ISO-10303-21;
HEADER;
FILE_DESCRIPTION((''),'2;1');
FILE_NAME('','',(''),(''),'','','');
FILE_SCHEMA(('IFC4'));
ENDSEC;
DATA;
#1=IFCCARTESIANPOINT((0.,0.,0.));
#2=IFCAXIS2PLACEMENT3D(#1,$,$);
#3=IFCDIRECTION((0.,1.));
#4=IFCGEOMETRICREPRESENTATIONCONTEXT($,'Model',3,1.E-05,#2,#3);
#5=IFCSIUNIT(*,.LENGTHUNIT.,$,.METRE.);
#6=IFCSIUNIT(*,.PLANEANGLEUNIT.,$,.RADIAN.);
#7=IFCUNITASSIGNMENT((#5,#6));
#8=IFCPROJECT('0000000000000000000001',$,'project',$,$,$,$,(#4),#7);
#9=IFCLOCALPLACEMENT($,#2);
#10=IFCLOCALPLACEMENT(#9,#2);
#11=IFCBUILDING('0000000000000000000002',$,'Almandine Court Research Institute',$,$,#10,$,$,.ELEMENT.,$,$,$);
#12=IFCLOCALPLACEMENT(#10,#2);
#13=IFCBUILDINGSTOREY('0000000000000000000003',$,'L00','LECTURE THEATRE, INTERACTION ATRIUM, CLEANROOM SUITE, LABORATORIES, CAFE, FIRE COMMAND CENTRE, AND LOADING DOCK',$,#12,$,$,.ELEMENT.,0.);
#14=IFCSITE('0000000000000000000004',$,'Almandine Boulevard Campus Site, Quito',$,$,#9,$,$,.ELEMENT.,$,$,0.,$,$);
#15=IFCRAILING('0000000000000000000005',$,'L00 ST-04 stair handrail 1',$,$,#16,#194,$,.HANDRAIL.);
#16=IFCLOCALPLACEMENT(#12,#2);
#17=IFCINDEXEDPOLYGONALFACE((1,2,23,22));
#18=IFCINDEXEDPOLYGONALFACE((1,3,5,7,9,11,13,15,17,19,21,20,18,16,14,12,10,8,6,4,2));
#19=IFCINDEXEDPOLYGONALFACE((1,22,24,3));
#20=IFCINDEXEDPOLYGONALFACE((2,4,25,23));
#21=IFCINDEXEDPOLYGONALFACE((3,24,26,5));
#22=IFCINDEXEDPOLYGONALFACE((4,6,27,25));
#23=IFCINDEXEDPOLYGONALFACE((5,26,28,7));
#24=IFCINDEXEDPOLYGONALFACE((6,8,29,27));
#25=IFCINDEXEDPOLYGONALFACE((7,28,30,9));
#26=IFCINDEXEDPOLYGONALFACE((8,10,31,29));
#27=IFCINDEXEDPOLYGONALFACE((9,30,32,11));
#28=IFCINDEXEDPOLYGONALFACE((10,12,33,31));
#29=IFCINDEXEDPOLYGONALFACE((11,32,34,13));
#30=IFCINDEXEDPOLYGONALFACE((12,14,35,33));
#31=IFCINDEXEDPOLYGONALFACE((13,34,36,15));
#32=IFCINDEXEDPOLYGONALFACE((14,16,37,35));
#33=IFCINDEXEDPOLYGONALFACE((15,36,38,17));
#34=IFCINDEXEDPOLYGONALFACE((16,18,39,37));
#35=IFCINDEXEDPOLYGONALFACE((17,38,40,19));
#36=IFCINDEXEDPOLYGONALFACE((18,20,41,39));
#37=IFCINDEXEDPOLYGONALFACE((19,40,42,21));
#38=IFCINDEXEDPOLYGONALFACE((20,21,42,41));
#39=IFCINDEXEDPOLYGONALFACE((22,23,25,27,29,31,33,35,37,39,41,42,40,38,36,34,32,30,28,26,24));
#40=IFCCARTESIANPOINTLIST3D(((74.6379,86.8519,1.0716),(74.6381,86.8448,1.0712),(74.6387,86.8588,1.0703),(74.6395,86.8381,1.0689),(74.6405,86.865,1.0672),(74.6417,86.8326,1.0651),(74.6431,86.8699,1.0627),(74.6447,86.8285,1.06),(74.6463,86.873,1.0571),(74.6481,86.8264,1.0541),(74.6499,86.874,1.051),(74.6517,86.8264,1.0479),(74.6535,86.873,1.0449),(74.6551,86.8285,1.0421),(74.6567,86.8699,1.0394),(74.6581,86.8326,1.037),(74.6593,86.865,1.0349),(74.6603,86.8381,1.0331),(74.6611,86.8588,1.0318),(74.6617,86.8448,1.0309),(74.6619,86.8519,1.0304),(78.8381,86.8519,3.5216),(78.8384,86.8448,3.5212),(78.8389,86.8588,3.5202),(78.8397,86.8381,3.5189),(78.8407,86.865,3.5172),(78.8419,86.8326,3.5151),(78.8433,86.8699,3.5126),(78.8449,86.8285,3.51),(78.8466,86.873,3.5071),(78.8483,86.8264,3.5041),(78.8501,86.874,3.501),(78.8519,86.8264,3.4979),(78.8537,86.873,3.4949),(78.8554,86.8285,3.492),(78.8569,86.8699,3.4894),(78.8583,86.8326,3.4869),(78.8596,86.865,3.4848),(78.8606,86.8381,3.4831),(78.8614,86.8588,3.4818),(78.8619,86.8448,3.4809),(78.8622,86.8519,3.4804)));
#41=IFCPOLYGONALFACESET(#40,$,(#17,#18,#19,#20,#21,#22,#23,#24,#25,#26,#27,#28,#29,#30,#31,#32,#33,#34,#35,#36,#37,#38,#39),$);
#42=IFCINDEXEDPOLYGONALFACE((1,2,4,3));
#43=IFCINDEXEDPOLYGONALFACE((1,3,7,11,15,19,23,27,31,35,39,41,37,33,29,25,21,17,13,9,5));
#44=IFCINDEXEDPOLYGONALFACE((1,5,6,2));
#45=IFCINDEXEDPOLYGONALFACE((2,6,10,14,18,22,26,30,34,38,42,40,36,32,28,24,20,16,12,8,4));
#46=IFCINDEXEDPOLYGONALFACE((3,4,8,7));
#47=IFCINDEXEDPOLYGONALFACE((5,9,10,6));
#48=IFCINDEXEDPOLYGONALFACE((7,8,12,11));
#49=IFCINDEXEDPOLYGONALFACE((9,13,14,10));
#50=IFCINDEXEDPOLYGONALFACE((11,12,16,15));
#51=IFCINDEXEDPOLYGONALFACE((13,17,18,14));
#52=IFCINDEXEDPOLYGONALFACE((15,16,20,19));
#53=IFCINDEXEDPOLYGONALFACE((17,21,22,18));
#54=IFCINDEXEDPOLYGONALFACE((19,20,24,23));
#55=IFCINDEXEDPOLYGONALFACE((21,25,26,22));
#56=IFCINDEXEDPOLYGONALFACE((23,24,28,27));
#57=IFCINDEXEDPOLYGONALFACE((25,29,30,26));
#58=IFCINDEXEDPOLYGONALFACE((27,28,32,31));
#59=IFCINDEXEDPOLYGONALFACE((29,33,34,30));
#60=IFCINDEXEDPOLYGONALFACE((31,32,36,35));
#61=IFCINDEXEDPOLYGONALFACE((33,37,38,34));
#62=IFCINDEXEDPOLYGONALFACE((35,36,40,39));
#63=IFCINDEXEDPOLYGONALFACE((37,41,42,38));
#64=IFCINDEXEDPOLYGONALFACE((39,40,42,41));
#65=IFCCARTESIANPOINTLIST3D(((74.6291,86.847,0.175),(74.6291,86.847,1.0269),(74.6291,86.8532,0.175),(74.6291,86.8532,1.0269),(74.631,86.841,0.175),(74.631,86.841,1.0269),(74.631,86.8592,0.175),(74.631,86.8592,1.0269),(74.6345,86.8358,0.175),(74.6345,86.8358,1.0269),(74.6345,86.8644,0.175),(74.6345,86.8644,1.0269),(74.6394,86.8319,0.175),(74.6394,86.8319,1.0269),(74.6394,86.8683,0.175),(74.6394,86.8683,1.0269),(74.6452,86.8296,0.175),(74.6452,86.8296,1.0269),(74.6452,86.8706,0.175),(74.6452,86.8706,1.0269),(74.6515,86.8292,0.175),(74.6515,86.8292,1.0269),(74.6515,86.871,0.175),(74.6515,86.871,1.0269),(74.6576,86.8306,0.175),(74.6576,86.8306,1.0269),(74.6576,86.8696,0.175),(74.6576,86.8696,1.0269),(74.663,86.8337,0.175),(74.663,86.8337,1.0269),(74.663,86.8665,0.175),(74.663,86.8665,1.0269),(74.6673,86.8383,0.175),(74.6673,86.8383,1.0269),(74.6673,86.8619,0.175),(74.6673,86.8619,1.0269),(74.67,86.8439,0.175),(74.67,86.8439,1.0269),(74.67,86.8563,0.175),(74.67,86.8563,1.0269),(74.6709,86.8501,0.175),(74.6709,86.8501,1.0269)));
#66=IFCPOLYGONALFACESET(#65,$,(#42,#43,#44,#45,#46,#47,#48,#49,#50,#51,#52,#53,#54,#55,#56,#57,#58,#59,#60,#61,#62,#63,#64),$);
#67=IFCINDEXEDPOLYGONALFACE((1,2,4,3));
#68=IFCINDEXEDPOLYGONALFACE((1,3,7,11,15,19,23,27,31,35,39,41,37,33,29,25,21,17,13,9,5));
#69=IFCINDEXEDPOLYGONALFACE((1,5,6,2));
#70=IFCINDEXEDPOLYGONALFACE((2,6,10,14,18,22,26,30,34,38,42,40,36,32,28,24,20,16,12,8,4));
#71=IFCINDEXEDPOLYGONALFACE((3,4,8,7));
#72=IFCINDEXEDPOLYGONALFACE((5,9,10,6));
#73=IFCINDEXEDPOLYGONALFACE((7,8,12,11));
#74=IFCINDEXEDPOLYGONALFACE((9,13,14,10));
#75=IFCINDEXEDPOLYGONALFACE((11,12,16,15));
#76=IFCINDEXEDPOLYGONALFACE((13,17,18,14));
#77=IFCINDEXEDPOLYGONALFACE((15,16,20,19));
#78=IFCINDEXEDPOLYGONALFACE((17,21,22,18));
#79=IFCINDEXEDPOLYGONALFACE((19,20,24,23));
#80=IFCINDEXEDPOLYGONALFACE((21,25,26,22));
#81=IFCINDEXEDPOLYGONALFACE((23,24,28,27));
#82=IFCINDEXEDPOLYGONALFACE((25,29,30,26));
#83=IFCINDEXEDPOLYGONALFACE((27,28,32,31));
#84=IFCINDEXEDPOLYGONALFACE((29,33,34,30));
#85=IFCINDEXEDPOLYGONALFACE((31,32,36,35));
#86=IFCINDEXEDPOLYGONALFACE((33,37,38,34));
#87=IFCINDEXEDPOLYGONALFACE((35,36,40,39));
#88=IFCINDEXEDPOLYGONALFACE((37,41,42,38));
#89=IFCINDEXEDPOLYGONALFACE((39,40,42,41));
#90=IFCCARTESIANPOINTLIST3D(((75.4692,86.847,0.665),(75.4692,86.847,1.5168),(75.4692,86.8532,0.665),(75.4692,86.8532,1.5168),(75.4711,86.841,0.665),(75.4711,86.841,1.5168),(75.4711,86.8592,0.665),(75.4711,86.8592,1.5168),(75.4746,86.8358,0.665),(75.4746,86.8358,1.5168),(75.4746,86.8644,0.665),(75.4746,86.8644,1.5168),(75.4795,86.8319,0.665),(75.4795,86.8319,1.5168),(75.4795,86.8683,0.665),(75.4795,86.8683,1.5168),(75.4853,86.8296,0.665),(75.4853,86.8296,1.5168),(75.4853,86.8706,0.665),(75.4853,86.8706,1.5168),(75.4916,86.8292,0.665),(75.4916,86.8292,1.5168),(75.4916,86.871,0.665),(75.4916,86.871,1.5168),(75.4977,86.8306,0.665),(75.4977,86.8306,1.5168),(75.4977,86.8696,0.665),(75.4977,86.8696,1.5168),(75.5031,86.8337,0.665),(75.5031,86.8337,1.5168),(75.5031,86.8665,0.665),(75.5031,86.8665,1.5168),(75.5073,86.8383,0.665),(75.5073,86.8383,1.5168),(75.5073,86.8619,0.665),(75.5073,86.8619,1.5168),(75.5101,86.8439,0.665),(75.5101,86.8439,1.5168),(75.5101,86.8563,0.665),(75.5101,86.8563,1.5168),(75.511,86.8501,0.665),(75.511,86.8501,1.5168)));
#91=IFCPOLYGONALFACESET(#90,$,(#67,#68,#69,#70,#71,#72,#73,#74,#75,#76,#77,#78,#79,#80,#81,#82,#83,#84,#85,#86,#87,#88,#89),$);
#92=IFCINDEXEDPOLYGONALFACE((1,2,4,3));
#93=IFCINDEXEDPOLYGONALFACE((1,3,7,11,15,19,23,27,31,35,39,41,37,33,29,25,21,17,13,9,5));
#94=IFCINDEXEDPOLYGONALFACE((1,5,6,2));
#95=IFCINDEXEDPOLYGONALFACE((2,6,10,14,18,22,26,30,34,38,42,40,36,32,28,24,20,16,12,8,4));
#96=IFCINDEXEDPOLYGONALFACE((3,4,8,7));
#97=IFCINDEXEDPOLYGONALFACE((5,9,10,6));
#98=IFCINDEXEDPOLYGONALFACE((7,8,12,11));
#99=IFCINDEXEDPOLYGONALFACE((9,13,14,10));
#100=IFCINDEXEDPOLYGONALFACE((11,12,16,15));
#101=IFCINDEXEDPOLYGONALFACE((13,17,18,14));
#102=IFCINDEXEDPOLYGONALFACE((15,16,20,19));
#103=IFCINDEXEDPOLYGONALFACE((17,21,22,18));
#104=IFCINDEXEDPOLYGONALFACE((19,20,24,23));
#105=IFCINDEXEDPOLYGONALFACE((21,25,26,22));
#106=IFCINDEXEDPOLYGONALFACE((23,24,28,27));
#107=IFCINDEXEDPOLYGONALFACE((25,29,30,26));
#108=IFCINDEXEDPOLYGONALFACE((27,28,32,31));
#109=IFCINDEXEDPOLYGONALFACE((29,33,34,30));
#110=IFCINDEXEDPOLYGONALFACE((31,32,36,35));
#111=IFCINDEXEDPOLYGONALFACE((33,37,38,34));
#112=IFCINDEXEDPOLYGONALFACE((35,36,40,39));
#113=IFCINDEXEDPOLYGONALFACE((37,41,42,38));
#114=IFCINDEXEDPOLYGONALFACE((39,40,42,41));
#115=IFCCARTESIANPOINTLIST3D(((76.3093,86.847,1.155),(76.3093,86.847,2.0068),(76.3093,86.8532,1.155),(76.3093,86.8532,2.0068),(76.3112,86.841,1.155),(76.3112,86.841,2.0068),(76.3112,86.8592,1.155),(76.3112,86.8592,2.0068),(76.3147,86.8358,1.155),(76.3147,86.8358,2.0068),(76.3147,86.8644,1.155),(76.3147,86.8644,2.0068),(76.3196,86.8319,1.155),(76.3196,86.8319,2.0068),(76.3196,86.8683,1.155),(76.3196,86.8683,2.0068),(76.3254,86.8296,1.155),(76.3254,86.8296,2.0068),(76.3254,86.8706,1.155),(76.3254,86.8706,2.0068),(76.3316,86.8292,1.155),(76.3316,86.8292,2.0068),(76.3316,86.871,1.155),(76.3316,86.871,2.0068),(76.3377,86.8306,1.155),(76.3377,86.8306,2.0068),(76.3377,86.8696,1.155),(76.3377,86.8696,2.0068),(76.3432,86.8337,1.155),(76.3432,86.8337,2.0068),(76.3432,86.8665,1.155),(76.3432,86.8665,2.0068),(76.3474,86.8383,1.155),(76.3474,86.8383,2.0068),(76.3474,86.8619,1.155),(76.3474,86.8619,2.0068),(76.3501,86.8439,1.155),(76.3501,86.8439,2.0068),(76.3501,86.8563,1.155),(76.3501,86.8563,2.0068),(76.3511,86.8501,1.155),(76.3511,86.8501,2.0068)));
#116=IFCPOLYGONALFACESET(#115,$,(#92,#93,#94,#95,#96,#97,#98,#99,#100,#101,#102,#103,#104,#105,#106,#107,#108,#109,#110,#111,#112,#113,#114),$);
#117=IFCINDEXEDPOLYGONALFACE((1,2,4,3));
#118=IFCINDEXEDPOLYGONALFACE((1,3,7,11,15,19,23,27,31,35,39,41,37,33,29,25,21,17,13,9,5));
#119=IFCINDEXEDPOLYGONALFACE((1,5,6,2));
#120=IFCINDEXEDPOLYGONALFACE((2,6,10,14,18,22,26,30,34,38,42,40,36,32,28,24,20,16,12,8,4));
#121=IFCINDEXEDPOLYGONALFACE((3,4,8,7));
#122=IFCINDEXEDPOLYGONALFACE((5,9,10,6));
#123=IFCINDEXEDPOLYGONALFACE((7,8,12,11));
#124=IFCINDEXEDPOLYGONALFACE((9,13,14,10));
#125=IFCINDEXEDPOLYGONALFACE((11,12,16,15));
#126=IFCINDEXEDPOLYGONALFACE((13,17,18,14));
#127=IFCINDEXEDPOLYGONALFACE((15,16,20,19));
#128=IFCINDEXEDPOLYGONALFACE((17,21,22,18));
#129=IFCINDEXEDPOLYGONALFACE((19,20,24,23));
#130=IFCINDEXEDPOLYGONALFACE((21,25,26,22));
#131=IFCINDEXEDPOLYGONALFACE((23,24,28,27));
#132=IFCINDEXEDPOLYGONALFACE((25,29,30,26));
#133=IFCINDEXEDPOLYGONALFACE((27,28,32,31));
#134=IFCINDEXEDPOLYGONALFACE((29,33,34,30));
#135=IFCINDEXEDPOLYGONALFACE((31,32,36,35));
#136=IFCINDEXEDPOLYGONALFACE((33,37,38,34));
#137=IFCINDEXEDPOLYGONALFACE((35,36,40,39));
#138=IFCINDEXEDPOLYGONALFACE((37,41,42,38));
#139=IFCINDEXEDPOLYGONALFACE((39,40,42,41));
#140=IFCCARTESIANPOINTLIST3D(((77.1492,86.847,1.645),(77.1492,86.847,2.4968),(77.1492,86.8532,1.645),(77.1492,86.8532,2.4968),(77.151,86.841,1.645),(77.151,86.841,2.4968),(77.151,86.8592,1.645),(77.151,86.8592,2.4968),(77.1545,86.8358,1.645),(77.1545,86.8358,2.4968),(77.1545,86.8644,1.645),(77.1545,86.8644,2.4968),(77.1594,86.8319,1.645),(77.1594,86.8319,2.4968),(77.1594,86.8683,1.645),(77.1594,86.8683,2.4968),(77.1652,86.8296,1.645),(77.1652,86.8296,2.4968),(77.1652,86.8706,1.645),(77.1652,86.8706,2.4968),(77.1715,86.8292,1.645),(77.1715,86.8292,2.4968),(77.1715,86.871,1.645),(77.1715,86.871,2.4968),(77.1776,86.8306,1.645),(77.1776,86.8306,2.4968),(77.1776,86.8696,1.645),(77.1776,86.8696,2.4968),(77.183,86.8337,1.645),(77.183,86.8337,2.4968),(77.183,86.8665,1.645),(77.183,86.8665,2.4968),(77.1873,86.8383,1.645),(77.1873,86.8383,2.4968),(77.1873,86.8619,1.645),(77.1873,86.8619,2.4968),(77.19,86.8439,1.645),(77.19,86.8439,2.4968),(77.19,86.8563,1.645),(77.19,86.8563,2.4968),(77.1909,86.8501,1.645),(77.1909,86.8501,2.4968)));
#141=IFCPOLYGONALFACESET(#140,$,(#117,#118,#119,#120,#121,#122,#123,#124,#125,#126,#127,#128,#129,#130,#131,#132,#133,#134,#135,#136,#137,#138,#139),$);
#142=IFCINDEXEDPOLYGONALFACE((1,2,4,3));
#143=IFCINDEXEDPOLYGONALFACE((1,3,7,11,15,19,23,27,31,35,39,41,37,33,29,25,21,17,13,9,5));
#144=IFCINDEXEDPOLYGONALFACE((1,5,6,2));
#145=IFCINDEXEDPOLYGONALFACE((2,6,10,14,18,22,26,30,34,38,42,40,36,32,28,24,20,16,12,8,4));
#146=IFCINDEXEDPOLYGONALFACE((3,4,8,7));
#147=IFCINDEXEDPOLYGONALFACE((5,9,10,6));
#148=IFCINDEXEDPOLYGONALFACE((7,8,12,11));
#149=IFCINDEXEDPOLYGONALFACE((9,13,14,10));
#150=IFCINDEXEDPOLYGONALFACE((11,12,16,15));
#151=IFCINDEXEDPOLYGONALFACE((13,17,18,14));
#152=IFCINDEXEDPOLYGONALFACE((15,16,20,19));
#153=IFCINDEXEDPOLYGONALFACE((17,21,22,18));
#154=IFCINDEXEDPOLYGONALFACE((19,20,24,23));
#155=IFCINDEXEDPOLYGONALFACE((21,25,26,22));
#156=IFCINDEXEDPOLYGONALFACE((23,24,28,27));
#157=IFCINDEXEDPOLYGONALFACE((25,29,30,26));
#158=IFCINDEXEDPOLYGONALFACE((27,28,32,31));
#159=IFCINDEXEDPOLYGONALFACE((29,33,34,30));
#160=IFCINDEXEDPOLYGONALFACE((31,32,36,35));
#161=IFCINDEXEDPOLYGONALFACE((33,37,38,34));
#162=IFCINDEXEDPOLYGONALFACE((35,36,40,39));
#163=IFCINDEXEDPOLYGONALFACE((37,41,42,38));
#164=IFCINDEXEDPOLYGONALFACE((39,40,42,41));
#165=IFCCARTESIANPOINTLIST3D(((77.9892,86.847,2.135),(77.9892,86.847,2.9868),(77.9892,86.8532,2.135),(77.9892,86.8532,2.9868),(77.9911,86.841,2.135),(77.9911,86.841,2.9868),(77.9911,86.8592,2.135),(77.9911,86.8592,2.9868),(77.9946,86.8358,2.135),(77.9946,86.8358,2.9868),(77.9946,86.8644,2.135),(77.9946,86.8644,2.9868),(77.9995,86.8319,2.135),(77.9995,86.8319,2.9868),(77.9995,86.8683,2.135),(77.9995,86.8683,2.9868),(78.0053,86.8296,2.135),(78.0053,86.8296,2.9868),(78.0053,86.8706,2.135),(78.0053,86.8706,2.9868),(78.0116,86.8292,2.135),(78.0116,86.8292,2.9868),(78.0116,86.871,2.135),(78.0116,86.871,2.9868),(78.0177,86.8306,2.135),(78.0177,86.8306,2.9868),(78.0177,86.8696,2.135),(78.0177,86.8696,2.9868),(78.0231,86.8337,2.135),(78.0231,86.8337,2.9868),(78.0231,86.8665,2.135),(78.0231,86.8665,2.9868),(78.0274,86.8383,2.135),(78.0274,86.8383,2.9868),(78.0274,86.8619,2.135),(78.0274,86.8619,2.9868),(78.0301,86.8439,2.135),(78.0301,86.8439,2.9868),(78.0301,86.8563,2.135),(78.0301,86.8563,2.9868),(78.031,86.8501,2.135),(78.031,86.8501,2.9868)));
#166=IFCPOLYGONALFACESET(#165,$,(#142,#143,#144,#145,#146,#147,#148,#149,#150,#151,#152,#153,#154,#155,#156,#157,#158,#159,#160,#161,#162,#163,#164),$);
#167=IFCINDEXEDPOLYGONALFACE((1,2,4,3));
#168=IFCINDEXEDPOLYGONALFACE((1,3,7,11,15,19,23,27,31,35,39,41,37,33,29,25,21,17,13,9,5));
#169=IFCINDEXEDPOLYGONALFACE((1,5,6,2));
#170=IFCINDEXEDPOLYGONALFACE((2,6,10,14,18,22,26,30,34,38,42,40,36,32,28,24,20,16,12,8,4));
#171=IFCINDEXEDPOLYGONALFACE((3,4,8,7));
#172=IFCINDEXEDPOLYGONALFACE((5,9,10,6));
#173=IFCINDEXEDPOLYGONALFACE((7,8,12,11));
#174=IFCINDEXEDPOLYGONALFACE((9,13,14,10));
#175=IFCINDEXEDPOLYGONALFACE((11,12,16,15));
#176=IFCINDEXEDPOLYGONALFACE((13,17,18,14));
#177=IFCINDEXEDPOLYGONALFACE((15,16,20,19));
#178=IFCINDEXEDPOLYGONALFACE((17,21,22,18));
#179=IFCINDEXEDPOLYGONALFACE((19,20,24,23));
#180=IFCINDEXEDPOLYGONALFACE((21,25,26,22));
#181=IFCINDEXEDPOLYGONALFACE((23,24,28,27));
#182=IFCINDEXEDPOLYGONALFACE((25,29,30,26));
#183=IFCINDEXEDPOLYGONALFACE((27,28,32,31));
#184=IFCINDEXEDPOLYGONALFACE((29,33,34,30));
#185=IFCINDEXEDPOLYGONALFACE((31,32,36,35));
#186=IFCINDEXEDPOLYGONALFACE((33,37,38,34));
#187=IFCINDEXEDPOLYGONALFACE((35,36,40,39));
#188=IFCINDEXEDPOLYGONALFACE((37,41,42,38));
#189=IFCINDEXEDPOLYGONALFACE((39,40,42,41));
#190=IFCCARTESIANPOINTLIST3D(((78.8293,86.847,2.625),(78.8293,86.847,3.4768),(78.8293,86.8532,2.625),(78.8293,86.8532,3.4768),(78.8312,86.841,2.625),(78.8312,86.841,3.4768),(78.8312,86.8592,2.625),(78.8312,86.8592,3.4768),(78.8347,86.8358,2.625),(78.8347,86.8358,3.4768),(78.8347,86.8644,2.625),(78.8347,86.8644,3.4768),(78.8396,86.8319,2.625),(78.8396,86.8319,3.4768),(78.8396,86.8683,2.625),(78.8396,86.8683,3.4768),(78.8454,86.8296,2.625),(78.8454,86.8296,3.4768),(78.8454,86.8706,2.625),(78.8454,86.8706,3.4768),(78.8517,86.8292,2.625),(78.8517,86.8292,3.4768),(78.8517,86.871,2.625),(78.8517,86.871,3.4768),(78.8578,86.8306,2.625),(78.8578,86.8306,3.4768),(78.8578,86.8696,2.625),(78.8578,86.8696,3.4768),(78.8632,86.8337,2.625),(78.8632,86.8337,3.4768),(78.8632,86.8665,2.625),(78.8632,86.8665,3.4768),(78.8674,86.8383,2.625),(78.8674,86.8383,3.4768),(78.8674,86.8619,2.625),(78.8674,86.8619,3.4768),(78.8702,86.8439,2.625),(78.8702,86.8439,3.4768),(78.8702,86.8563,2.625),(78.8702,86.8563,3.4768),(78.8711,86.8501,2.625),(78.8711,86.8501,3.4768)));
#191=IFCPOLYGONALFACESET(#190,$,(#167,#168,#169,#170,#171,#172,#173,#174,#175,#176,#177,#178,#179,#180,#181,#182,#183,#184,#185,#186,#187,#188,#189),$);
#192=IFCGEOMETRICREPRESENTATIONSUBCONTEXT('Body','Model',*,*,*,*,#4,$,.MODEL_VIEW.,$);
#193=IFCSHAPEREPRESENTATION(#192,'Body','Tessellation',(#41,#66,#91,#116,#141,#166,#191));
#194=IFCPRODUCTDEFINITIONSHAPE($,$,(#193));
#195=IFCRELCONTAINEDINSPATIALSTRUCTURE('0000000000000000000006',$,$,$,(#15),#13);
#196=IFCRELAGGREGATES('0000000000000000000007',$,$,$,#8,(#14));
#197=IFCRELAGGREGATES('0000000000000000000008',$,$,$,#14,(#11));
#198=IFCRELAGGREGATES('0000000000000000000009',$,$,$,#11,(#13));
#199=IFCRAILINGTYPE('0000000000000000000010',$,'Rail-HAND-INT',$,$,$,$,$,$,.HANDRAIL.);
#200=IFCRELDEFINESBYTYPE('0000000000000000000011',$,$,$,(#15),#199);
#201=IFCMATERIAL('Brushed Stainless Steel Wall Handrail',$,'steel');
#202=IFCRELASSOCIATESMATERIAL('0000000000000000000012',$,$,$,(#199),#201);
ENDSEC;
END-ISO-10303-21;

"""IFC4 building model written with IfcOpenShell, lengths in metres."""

from ifc_helpers import new_model, si_unit, direction, frame, origin, origin_2d, place, context, subcontext, project, spatial, circle, extrude, material, type_object, element, save


model = new_model("IFC4")

# Units and contexts
model_context = context("Model", 3, precision=1e-05, world=origin(), true_north=direction((0.0, 1.0)))
body_context = subcontext(model_context, "Body", "Model", "MODEL_VIEW")
ifc_project = project(units=[si_unit("LENGTHUNIT", "METRE"), si_unit("PLANEANGLEUNIT", "RADIAN")], contexts=[model_context])

# Site, building, storey
site_placement = place(None, origin())
site = spatial("IfcSite", under=ifc_project, at=site_placement, Name="Almandine Boulevard Campus Site, Quito", CompositionType="ELEMENT", RefElevation=0.0)
building_placement = place(site_placement, origin())
building = spatial("IfcBuilding", under=site, at=building_placement, Name="Almandine Court Research Institute", CompositionType="ELEMENT")
storey_placement = place(building_placement, origin())
storey = spatial("IfcBuildingStorey", under=building, at=storey_placement, Name="L00", Description="LECTURE THEATRE, INTERACTION ATRIUM, CLEANROOM SUITE, LABORATORIES, CAFE, FIRE COMMAND CENTRE, AND LOADING DOCK", CompositionType="ELEMENT", Elevation=0.0)

# Railing
ifc_material_1 = material(Name="Brushed Stainless Steel Wall Handrail", Category="steel")
railing_type_1 = type_object("IfcRailingType", Name="Rail-HAND-INT", PredefinedType="HANDRAIL", material=ifc_material_1)
railing_1_placement = place(storey_placement, frame((74.6499, 86.8501, 0.175)))
element("IfcRailing", 1, at=railing_1_placement, inside=storey, type_object=railing_type_1, Name="L00 ST-04 stair handrail 1", PredefinedType="HANDRAIL", context=body_context, shape_type="SweptSolid", body=[
    extrude(circle(Radius=0.0239, at=origin_2d()), frame((0.0, 0.0, 0.876), z_axis=(0.863793, 0.0, 0.503846), x_axis=(0.0, 1.0, 0.0)), (0.0, 0.0, 1.0), 4.8625),
    extrude(circle(Radius=0.021, at=origin_2d()), origin(), (0.0, 0.0, 1.0), 0.8518),
    extrude(circle(Radius=0.021, at=origin_2d()), frame((0.8401, 0.0, 0.49)), (0.0, 0.0, 1.0), 0.8518),
    extrude(circle(Radius=0.021, at=origin_2d()), frame((1.6802, 0.0, 0.98)), (0.0, 0.0, 1.0), 0.8518),
    extrude(circle(Radius=0.021, at=origin_2d()), frame((2.52, 0.0, 1.47)), (0.0, 0.0, 1.0), 0.8518),
    extrude(circle(Radius=0.021, at=origin_2d()), frame((3.3601, 0.0, 1.96)), (0.0, 0.0, 1.0), 0.8518),
    extrude(circle(Radius=0.021, at=origin_2d()), frame((4.2002, 0.0, 2.45)), (0.0, 0.0, 1.0), 0.8518),
])

save(model, "model.ifc")
